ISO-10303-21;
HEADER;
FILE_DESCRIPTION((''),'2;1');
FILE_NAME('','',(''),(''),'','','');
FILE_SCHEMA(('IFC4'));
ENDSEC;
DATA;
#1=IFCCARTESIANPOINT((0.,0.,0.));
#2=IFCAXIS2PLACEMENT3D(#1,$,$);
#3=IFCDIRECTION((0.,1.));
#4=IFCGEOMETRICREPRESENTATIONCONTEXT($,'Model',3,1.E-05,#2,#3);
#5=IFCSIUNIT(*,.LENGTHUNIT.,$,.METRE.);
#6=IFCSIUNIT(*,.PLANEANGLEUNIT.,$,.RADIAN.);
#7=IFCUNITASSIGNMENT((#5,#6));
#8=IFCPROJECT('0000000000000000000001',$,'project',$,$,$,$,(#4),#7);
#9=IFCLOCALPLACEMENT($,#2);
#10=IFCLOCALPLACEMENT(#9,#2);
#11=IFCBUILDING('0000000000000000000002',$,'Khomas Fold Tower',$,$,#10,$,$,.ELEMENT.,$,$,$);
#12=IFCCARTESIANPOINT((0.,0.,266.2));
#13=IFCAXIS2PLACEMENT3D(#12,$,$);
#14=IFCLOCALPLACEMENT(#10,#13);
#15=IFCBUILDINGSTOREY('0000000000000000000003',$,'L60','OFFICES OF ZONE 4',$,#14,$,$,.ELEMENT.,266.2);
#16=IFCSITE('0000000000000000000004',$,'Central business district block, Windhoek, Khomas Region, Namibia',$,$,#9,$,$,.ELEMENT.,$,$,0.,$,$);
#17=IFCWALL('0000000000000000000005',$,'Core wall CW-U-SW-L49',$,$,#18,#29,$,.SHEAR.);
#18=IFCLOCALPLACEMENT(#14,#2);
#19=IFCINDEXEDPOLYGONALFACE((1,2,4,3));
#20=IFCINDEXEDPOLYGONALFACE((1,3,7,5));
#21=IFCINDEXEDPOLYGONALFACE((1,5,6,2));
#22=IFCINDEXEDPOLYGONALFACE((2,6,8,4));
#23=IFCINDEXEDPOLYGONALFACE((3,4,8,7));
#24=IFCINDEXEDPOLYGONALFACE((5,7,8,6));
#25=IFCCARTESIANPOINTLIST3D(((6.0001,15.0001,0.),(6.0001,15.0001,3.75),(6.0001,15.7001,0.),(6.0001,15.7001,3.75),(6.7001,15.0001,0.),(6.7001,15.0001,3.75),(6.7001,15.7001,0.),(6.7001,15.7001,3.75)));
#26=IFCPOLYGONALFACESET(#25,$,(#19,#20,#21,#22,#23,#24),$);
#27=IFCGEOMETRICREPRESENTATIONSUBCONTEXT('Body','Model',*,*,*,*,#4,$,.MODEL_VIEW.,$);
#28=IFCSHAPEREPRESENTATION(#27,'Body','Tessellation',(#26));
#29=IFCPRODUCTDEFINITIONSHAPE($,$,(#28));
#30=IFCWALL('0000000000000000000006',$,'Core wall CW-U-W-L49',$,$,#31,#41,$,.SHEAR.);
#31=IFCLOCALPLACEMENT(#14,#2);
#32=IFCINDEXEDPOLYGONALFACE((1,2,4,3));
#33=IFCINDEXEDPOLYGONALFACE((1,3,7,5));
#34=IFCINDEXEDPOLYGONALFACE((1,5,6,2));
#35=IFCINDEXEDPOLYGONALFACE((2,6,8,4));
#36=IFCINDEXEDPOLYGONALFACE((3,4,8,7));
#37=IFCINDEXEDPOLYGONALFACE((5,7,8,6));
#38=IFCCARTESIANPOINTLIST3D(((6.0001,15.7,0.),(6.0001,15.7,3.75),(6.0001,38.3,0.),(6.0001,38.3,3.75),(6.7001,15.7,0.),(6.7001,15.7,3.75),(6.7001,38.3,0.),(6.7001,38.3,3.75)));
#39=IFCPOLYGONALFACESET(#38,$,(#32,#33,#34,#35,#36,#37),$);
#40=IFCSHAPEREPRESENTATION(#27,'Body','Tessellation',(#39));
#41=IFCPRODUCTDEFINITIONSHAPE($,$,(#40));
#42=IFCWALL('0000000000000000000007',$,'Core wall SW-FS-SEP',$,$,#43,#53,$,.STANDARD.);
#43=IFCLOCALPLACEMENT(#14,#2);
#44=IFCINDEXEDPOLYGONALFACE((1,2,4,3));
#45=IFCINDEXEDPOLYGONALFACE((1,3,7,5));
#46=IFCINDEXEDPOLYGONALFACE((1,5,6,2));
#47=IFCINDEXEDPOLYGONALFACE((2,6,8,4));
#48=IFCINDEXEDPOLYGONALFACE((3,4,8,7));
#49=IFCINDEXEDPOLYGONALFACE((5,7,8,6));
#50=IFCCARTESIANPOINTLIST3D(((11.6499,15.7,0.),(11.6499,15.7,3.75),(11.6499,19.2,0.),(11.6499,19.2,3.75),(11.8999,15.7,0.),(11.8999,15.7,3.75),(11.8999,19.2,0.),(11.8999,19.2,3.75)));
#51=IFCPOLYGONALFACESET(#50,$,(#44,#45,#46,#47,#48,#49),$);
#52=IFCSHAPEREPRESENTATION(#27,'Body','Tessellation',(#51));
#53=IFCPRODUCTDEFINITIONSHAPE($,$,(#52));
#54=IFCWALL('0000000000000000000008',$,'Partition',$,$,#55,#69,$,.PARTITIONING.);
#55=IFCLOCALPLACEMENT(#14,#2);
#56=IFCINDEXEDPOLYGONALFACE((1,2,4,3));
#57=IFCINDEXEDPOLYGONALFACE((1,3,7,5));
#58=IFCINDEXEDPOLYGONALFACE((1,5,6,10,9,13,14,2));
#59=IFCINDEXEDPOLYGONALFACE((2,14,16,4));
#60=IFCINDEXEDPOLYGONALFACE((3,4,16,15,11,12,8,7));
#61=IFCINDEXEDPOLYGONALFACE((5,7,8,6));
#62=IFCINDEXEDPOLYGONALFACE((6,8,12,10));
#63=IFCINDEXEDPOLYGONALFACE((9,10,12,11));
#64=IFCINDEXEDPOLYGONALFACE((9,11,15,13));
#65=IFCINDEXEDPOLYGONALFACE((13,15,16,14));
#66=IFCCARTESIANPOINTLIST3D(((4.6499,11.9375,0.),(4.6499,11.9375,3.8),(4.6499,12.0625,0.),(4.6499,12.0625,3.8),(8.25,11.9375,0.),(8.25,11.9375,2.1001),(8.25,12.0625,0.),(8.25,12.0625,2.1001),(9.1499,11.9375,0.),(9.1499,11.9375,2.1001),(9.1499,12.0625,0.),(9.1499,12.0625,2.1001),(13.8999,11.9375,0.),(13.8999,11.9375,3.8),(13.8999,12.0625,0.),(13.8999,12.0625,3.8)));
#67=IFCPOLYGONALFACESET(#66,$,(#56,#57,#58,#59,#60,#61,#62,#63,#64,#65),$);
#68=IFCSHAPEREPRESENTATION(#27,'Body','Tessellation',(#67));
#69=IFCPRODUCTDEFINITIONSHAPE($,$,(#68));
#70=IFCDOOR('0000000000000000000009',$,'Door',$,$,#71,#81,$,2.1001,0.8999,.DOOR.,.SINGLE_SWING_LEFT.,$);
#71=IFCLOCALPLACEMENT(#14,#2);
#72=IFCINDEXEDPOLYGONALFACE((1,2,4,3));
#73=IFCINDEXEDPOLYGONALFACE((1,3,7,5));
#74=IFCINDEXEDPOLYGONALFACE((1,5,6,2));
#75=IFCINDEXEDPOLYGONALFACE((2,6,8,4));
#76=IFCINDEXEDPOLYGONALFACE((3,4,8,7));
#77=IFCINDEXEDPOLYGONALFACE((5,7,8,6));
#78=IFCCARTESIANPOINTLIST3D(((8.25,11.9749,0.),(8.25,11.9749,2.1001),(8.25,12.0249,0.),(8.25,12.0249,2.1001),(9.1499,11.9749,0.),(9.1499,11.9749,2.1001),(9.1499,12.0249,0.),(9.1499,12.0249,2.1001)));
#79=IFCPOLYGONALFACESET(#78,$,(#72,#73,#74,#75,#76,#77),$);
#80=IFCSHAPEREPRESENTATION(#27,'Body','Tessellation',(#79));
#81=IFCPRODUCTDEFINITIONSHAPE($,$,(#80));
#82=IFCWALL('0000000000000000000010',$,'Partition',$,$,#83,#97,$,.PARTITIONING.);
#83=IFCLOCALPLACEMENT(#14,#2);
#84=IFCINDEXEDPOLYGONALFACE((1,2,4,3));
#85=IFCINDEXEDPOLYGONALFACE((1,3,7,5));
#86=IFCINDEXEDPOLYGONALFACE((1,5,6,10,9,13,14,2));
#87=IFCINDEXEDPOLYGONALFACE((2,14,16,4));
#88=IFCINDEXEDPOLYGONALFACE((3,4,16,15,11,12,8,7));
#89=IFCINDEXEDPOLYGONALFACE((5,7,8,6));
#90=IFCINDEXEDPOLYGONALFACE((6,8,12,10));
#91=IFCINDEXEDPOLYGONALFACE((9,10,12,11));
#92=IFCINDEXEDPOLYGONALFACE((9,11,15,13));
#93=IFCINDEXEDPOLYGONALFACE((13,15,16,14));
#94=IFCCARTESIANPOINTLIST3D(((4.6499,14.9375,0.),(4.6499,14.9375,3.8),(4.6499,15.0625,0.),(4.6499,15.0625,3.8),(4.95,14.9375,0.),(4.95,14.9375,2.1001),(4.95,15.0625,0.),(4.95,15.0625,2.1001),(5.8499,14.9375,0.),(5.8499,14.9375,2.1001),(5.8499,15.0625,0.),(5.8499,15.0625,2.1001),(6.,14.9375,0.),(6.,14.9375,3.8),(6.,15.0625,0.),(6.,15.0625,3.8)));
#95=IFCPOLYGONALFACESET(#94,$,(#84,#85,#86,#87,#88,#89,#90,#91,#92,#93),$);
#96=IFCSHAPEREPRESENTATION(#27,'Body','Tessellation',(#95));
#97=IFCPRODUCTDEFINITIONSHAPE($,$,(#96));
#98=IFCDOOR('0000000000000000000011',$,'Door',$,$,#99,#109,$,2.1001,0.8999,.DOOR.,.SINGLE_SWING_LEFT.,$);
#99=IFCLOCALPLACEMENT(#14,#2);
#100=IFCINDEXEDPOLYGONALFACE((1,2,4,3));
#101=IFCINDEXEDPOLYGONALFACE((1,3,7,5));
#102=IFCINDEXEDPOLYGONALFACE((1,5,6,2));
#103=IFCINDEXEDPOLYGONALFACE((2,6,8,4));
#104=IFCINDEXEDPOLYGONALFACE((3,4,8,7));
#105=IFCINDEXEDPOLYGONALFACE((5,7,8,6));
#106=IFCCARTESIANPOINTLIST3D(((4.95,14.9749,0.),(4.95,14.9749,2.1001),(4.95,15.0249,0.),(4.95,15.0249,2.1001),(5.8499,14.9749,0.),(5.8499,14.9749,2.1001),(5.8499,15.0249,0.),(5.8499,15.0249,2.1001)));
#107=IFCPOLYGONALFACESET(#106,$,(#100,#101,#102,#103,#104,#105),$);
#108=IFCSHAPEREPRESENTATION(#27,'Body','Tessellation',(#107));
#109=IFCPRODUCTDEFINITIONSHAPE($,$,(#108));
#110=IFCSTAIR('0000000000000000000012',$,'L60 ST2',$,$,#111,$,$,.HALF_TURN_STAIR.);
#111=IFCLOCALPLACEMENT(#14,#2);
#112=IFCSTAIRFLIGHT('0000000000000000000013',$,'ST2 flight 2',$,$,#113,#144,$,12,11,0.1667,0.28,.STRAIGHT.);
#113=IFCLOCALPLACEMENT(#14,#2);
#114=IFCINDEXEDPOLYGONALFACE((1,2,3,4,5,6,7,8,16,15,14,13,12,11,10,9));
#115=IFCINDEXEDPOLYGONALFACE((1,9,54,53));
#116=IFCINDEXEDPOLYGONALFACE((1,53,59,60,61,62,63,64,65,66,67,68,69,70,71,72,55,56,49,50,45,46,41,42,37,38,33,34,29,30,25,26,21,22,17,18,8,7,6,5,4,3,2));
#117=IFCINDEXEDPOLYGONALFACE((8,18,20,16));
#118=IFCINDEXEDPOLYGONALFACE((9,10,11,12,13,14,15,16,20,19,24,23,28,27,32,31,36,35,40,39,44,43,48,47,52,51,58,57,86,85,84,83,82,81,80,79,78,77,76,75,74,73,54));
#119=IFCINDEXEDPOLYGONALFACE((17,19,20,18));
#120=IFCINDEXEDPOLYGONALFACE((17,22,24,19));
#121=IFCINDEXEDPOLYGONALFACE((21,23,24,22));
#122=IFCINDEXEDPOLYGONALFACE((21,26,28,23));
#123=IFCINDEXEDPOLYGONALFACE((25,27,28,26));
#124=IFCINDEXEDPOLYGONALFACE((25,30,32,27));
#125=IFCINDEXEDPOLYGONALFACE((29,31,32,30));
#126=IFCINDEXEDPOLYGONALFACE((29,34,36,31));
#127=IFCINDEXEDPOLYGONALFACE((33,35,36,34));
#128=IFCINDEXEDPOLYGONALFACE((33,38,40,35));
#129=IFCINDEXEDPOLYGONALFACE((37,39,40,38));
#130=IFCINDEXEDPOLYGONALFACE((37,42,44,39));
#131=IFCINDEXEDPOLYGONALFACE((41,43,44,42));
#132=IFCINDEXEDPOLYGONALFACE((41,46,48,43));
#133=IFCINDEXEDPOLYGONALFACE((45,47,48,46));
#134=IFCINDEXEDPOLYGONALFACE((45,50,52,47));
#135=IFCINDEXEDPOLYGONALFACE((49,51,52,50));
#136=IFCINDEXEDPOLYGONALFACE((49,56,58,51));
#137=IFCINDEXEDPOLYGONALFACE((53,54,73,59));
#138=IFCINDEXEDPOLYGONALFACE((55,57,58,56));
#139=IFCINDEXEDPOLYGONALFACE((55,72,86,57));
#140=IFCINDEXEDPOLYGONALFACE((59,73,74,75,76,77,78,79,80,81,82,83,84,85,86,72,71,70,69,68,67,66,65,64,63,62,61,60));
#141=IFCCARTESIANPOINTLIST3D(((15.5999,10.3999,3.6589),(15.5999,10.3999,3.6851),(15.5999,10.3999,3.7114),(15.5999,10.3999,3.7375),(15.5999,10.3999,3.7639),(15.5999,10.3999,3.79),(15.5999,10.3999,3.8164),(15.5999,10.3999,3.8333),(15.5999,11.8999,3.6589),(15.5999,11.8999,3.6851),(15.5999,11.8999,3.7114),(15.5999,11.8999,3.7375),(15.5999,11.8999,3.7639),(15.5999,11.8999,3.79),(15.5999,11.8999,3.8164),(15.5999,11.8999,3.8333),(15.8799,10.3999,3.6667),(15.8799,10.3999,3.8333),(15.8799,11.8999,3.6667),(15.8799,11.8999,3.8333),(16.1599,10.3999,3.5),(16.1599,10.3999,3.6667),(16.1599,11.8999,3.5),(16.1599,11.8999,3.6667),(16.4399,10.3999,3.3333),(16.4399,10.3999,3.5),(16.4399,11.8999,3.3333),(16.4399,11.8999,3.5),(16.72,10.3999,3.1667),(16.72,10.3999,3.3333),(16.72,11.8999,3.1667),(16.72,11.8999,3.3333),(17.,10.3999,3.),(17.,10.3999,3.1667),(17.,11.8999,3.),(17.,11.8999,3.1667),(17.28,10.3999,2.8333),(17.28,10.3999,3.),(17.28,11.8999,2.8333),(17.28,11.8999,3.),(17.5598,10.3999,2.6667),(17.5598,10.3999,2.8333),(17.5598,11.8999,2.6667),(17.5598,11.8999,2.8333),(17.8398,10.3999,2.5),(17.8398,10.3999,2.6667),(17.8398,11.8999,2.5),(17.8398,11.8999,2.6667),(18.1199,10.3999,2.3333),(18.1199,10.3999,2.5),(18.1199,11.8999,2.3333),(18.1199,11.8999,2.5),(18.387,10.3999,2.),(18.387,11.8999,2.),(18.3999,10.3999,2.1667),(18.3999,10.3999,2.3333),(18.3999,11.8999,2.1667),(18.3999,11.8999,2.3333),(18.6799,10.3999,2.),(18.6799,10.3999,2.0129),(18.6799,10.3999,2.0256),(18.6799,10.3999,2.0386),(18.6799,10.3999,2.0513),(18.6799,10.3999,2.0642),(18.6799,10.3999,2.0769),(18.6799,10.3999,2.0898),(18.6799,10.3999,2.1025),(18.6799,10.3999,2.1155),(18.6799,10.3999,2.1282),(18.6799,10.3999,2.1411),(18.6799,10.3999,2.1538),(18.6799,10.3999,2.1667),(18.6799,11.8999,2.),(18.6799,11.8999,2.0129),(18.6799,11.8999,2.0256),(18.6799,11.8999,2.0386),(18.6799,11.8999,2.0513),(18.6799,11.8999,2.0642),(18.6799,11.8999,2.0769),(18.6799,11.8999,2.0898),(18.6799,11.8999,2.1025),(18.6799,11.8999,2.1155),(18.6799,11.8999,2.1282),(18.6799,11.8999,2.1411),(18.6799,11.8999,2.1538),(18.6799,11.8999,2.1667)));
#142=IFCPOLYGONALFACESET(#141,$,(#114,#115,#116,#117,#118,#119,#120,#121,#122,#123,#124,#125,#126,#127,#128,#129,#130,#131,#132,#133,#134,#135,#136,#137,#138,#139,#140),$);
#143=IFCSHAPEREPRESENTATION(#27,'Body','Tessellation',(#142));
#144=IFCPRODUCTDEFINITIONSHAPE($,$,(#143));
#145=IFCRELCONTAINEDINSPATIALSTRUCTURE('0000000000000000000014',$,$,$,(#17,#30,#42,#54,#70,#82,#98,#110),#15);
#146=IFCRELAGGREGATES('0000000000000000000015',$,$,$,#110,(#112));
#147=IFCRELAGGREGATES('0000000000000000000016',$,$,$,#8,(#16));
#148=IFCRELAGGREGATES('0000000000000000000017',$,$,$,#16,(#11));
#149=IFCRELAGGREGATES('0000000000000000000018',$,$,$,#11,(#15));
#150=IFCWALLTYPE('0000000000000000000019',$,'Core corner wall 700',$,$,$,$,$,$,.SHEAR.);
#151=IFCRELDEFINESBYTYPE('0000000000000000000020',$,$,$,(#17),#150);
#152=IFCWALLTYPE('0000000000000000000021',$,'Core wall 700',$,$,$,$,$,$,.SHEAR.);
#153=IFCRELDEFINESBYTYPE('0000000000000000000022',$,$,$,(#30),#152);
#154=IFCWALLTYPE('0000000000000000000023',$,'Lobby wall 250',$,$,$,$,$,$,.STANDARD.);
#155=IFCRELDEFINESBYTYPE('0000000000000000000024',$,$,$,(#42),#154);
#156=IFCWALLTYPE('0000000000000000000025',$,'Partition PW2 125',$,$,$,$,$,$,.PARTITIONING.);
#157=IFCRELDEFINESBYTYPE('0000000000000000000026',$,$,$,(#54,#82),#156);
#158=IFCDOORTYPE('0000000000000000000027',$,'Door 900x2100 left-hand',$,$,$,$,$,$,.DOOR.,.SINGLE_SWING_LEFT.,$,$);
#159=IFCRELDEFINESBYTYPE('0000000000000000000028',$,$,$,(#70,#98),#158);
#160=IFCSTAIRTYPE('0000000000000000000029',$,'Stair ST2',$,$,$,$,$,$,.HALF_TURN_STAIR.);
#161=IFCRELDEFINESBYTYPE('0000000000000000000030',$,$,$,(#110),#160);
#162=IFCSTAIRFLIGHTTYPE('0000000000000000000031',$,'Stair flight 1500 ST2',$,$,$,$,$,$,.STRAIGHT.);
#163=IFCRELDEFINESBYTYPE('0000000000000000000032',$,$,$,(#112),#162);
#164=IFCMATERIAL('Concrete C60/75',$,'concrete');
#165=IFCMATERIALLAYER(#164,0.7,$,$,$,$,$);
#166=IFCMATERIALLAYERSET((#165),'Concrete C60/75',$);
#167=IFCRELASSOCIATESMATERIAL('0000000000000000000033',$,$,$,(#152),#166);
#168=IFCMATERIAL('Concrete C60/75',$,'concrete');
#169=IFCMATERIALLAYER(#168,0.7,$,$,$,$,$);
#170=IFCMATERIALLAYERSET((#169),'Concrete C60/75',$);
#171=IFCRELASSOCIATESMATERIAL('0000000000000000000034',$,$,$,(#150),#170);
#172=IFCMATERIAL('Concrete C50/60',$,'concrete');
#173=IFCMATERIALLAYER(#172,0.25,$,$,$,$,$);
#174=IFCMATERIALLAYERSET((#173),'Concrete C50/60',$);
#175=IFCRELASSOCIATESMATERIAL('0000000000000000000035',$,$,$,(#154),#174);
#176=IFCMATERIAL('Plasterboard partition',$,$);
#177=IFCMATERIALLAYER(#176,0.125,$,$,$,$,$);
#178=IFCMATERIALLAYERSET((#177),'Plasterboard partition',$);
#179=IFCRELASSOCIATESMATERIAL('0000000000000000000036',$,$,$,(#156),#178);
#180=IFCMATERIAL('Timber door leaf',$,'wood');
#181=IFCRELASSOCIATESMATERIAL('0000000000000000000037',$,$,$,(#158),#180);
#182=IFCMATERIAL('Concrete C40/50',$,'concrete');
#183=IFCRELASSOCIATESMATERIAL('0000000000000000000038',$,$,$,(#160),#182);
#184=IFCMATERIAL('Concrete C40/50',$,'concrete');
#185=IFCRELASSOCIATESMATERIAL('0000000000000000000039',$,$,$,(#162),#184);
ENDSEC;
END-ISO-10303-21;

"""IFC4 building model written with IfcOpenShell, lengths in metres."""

from ifc_helpers import new_model, si_unit, direction, frame, frame_2d, origin, place, context, subcontext, project, spatial, polyline, rectangle, outline, extrude, source, transform, mapped, material, layer, layer_set, type_object, element, fill, aggregate, save


model = new_model("IFC4")

# Units and contexts
model_context = context("Model", 3, precision=1e-05, world=origin(), true_north=direction((0.0, 1.0)))
body_context = subcontext(model_context, "Body", "Model", "MODEL_VIEW")
ifc_project = project(units=[si_unit("LENGTHUNIT", "METRE"), si_unit("PLANEANGLEUNIT", "RADIAN")], contexts=[model_context])

# Site, building, storey
site_placement = place(None, origin())
site = spatial("IfcSite", under=ifc_project, at=site_placement, Name="Central business district block, Windhoek, Khomas Region, Namibia", CompositionType="ELEMENT", RefElevation=0.0)
building_placement = place(site_placement, origin())
building = spatial("IfcBuilding", under=site, at=building_placement, Name="Khomas Fold Tower", CompositionType="ELEMENT")
storey_placement = place(building_placement, frame((0.0, 0.0, 266.2)))
storey = spatial("IfcBuildingStorey", under=building, at=storey_placement, Name="L60", Description="OFFICES OF ZONE 4", CompositionType="ELEMENT", Elevation=266.2)

# Shared definitions
ifc_material_1 = material(Name="Concrete C60/75", Category="concrete")
ifc_layer_1 = layer(ifc_material_1, 0.7)
ifc_layer_set_1 = layer_set([ifc_layer_1], Name="Concrete C60/75")
wall_type_1 = type_object("IfcWallType", Name="Core wall 700", PredefinedType="SHEAR", material=ifc_layer_set_1)

# Walls
ifc_material_2 = material(Name="Concrete C60/75", Category="concrete")
ifc_layer_2 = layer(ifc_material_2, 0.7)
ifc_layer_set_2 = layer_set([ifc_layer_2], Name="Concrete C60/75")
wall_type_2 = type_object("IfcWallType", Name="Core corner wall 700", PredefinedType="SHEAR", material=ifc_layer_set_2)
shared_shape_1 = source(origin(), body_context, "Body", "SweptSolid", [
    extrude(rectangle(XDim=0.7, YDim=0.7, at=frame_2d((0.3501, 0.0))), origin(), (0.0, 0.0, 1.0), 3.75),
])
wall_1_placement = place(storey_placement, frame((6.0, 15.3501, 0.0), z_axis=(0.0, 0.0, 1.0), x_axis=(1.0, 0.0, 0.0)))
element("IfcWall", 1, at=wall_1_placement, inside=storey, type_object=wall_type_2, Name="Core wall CW-U-SW-L49", PredefinedType="SHEAR", context=body_context, shape_type="MappedRepresentation", body=[
    mapped(shared_shape_1, transform((0.0, 0.0, 0.0))),
])
shared_shape_2 = source(origin(), body_context, "Body", "SweptSolid", [
    extrude(rectangle(XDim=22.6001, YDim=0.7, at=frame_2d((11.3, 0.0))), origin(), (0.0, 0.0, 1.0), 3.75),
])
wall_2_placement = place(storey_placement, frame((6.3501, 15.7, 0.0), z_axis=(0.0, 0.0, 1.0), x_axis=(0.0, 1.0, 0.0)))
element("IfcWall", 2, at=wall_2_placement, inside=storey, type_object=wall_type_1, Name="Core wall CW-U-W-L49", PredefinedType="SHEAR", context=body_context, shape_type="MappedRepresentation", body=[
    mapped(shared_shape_2, transform((0.0, 0.0, 0.0))),
])
ifc_material_3 = material(Name="Concrete C50/60", Category="concrete")
ifc_layer_3 = layer(ifc_material_3, 0.25)
ifc_layer_set_3 = layer_set([ifc_layer_3], Name="Concrete C50/60")
wall_type_3 = type_object("IfcWallType", Name="Lobby wall 250", PredefinedType="STANDARD", material=ifc_layer_set_3)
shared_shape_3 = source(origin(), body_context, "Body", "SweptSolid", [
    extrude(rectangle(XDim=3.5, YDim=0.25, at=frame_2d((1.75, 0.0))), origin(), (0.0, 0.0, 1.0), 3.75),
])
wall_3_placement = place(storey_placement, frame((11.7749, 15.7, 0.0), z_axis=(0.0, 0.0, 1.0), x_axis=(0.0, 1.0, 0.0)))
element("IfcWall", 3, at=wall_3_placement, inside=storey, type_object=wall_type_3, Name="Core wall SW-FS-SEP", PredefinedType="STANDARD", context=body_context, shape_type="MappedRepresentation", body=[
    mapped(shared_shape_3, transform((0.0, 0.0, 0.0))),
])

# Walls, openings, doors
ifc_material_4 = material(Name="Plasterboard partition")
ifc_layer_4 = layer(ifc_material_4, 0.125)
ifc_layer_set_4 = layer_set([ifc_layer_4], Name="Plasterboard partition")
wall_type_4 = type_object("IfcWallType", Name="Partition PW2 125", PredefinedType="PARTITIONING", material=ifc_layer_set_4)
shared_shape_4 = source(origin(), body_context, "Body", "SweptSolid", [
    extrude(rectangle(XDim=9.25, YDim=0.125, at=frame_2d((4.625, 0.0))), origin(), (0.0, 0.0, 1.0), 3.8),
])
wall_4_placement = place(storey_placement, frame((4.6499, 12.0, 0.0), z_axis=(0.0, 0.0, 1.0), x_axis=(1.0, 0.0, 0.0)))
wall_4 = element("IfcWall", 4, at=wall_4_placement, inside=storey, type_object=wall_type_4, Name="Partition", PredefinedType="PARTITIONING", context=body_context, shape_type="MappedRepresentation", body=[
    mapped(shared_shape_4, transform((0.0, 0.0, 0.0))),
])
shared_shape_5 = source(origin(), body_context, "Body", "SweptSolid", [
    extrude(rectangle(XDim=0.8999, YDim=2.1001, at=frame_2d((0.45, 1.05))), frame((0.0, 0.0725, 0.0), z_axis=(0.0, -1.0, 0.0), x_axis=(1.0, 0.0, 0.0)), (0.0, 0.0, 1.0), 0.145),
])
opening_1_placement = place(wall_4_placement, frame((3.6001, 0.0, 0.0)))
opening_1 = element("IfcOpeningElement", 5, at=opening_1_placement, cuts=wall_4, PredefinedType="OPENING", context=body_context, shape_type="MappedRepresentation", body=[
    mapped(shared_shape_5, transform((0.0, 0.0, 0.0))),
])
ifc_material_5 = material(Name="Timber door leaf", Category="wood")
door_type_1 = type_object("IfcDoorType", Name="Door 900x2100 left-hand", OperationType="SINGLE_SWING_LEFT", PredefinedType="DOOR", material=ifc_material_5)
shared_shape_6 = source(origin(), body_context, "Body", "SweptSolid", [
    extrude(rectangle(XDim=0.8999, YDim=2.1001, at=frame_2d((0.45, 1.05))), frame((0.0, 0.0249, 0.0), z_axis=(0.0, -1.0, 0.0), x_axis=(1.0, 0.0, 0.0)), (0.0, 0.0, 1.0), 0.05),
])
door_1_placement = place(opening_1_placement, origin())
door_1 = element("IfcDoor", 6, at=door_1_placement, inside=storey, type_object=door_type_1, Name="Door", OperationType="SINGLE_SWING_LEFT", OverallHeight=2.1001, OverallWidth=0.8999, PredefinedType="DOOR", context=body_context, shape_type="MappedRepresentation", body=[
    mapped(shared_shape_6, transform((0.0, 0.0, 0.0))),
])
fill(opening_1, door_1)
shared_shape_7 = source(origin(), body_context, "Body", "SweptSolid", [
    extrude(rectangle(XDim=1.3501, YDim=0.125, at=frame_2d((0.675, 0.0))), origin(), (0.0, 0.0, 1.0), 3.8),
])
wall_5_placement = place(storey_placement, frame((4.6499, 15.0, 0.0), z_axis=(0.0, 0.0, 1.0), x_axis=(1.0, 0.0, 0.0)))
wall_5 = element("IfcWall", 7, at=wall_5_placement, inside=storey, type_object=wall_type_4, Name="Partition", PredefinedType="PARTITIONING", context=body_context, shape_type="MappedRepresentation", body=[
    mapped(shared_shape_7, transform((0.0, 0.0, 0.0))),
])
opening_2_placement = place(wall_5_placement, frame((0.3, 0.0, 0.0)))
opening_2 = element("IfcOpeningElement", 8, at=opening_2_placement, cuts=wall_5, PredefinedType="OPENING", context=body_context, shape_type="MappedRepresentation", body=[
    mapped(shared_shape_5, transform((0.0, 0.0, 0.0))),
])
door_2_placement = place(opening_2_placement, origin())
door_2 = element("IfcDoor", 9, at=door_2_placement, inside=storey, type_object=door_type_1, Name="Door", OperationType="SINGLE_SWING_LEFT", OverallHeight=2.1001, OverallWidth=0.8999, PredefinedType="DOOR", context=body_context, shape_type="MappedRepresentation", body=[
    mapped(shared_shape_6, transform((0.0, 0.0, 0.0))),
])
fill(opening_2, door_2)

# Stair, stair flight
ifc_material_6 = material(Name="Concrete C40/50", Category="concrete")
stair_type = type_object("IfcStairType", Name="Stair ST2", PredefinedType="HALF_TURN_STAIR", material=ifc_material_6)
stair_placement = place(storey_placement, origin())
stair = element("IfcStair", 10, at=stair_placement, inside=storey, type_object=stair_type, Name="L60 ST2", PredefinedType="HALF_TURN_STAIR")
ifc_material_7 = material(Name="Concrete C40/50", Category="concrete")
stair_flight_type = type_object("IfcStairFlightType", Name="Stair flight 1500 ST2", PredefinedType="STRAIGHT", material=ifc_material_7)
shared_shape_8 = source(origin(), body_context, "Body", "SweptSolid", [
    extrude(outline(polyline([(0.0, 0.0), (0.0, 0.0129), (0.0, 0.0256), (0.0, 0.0386), (0.0, 0.0513), (0.0, 0.0642), (0.0, 0.0769), (0.0, 0.0898), (0.0, 0.1025), (0.0, 0.1155), (0.0, 0.1282), (0.0, 0.1411), (0.0, 0.1538), (0.0, 0.1667), (0.28, 0.1667), (0.28, 0.3333), (0.5601, 0.3333), (0.5601, 0.5), (0.8401, 0.5), (0.8401, 0.6667), (1.1201, 0.6667), (1.1201, 0.8333), (1.3999, 0.8333), (1.3999, 1.0), (1.6799, 1.0), (1.6799, 1.1667), (1.96, 1.1667), (1.96, 1.3333), (2.24, 1.3333), (2.24, 1.5), (2.52, 1.5), (2.52, 1.6667), (2.8, 1.6667), (2.8, 1.8333), (3.0801, 1.8333), (3.0801, 2.0), (3.0801, 1.9739), (3.0801, 1.9475), (3.0801, 1.9214), (3.0801, 1.895), (3.0801, 1.8689), (3.0801, 1.8425), (3.0801, 1.8164), (3.0801, 1.79), (3.0801, 1.7639), (3.0801, 1.7375), (3.0801, 1.7114), (3.0801, 1.6851), (3.0801, 1.6589), (0.293, 0.0), (0.0, 0.0)])), frame((0.0, 0.75, 0.0), z_axis=(0.0, -1.0, 0.0), x_axis=(1.0, 0.0, 0.0)), (0.0, 0.0, 1.0), 1.5),
])
stair_flight_placement = place(storey_placement, frame((18.6799, 11.1499, 2.0), z_axis=(0.0, 0.0, 1.0), x_axis=(-1.0, 0.0, 0.0)))
stair_flight = element("IfcStairFlight", 11, at=stair_flight_placement, type_object=stair_flight_type, Name="ST2 flight 2", NumberOfRisers=12, NumberOfTreads=11, PredefinedType="STRAIGHT", RiserHeight=0.1667, TreadLength=0.28, context=body_context, shape_type="MappedRepresentation", body=[
    mapped(shared_shape_8, transform((0.0, 0.0, 0.0))),
])
aggregate(stair, [stair_flight])

save(model, "model.ifc")
